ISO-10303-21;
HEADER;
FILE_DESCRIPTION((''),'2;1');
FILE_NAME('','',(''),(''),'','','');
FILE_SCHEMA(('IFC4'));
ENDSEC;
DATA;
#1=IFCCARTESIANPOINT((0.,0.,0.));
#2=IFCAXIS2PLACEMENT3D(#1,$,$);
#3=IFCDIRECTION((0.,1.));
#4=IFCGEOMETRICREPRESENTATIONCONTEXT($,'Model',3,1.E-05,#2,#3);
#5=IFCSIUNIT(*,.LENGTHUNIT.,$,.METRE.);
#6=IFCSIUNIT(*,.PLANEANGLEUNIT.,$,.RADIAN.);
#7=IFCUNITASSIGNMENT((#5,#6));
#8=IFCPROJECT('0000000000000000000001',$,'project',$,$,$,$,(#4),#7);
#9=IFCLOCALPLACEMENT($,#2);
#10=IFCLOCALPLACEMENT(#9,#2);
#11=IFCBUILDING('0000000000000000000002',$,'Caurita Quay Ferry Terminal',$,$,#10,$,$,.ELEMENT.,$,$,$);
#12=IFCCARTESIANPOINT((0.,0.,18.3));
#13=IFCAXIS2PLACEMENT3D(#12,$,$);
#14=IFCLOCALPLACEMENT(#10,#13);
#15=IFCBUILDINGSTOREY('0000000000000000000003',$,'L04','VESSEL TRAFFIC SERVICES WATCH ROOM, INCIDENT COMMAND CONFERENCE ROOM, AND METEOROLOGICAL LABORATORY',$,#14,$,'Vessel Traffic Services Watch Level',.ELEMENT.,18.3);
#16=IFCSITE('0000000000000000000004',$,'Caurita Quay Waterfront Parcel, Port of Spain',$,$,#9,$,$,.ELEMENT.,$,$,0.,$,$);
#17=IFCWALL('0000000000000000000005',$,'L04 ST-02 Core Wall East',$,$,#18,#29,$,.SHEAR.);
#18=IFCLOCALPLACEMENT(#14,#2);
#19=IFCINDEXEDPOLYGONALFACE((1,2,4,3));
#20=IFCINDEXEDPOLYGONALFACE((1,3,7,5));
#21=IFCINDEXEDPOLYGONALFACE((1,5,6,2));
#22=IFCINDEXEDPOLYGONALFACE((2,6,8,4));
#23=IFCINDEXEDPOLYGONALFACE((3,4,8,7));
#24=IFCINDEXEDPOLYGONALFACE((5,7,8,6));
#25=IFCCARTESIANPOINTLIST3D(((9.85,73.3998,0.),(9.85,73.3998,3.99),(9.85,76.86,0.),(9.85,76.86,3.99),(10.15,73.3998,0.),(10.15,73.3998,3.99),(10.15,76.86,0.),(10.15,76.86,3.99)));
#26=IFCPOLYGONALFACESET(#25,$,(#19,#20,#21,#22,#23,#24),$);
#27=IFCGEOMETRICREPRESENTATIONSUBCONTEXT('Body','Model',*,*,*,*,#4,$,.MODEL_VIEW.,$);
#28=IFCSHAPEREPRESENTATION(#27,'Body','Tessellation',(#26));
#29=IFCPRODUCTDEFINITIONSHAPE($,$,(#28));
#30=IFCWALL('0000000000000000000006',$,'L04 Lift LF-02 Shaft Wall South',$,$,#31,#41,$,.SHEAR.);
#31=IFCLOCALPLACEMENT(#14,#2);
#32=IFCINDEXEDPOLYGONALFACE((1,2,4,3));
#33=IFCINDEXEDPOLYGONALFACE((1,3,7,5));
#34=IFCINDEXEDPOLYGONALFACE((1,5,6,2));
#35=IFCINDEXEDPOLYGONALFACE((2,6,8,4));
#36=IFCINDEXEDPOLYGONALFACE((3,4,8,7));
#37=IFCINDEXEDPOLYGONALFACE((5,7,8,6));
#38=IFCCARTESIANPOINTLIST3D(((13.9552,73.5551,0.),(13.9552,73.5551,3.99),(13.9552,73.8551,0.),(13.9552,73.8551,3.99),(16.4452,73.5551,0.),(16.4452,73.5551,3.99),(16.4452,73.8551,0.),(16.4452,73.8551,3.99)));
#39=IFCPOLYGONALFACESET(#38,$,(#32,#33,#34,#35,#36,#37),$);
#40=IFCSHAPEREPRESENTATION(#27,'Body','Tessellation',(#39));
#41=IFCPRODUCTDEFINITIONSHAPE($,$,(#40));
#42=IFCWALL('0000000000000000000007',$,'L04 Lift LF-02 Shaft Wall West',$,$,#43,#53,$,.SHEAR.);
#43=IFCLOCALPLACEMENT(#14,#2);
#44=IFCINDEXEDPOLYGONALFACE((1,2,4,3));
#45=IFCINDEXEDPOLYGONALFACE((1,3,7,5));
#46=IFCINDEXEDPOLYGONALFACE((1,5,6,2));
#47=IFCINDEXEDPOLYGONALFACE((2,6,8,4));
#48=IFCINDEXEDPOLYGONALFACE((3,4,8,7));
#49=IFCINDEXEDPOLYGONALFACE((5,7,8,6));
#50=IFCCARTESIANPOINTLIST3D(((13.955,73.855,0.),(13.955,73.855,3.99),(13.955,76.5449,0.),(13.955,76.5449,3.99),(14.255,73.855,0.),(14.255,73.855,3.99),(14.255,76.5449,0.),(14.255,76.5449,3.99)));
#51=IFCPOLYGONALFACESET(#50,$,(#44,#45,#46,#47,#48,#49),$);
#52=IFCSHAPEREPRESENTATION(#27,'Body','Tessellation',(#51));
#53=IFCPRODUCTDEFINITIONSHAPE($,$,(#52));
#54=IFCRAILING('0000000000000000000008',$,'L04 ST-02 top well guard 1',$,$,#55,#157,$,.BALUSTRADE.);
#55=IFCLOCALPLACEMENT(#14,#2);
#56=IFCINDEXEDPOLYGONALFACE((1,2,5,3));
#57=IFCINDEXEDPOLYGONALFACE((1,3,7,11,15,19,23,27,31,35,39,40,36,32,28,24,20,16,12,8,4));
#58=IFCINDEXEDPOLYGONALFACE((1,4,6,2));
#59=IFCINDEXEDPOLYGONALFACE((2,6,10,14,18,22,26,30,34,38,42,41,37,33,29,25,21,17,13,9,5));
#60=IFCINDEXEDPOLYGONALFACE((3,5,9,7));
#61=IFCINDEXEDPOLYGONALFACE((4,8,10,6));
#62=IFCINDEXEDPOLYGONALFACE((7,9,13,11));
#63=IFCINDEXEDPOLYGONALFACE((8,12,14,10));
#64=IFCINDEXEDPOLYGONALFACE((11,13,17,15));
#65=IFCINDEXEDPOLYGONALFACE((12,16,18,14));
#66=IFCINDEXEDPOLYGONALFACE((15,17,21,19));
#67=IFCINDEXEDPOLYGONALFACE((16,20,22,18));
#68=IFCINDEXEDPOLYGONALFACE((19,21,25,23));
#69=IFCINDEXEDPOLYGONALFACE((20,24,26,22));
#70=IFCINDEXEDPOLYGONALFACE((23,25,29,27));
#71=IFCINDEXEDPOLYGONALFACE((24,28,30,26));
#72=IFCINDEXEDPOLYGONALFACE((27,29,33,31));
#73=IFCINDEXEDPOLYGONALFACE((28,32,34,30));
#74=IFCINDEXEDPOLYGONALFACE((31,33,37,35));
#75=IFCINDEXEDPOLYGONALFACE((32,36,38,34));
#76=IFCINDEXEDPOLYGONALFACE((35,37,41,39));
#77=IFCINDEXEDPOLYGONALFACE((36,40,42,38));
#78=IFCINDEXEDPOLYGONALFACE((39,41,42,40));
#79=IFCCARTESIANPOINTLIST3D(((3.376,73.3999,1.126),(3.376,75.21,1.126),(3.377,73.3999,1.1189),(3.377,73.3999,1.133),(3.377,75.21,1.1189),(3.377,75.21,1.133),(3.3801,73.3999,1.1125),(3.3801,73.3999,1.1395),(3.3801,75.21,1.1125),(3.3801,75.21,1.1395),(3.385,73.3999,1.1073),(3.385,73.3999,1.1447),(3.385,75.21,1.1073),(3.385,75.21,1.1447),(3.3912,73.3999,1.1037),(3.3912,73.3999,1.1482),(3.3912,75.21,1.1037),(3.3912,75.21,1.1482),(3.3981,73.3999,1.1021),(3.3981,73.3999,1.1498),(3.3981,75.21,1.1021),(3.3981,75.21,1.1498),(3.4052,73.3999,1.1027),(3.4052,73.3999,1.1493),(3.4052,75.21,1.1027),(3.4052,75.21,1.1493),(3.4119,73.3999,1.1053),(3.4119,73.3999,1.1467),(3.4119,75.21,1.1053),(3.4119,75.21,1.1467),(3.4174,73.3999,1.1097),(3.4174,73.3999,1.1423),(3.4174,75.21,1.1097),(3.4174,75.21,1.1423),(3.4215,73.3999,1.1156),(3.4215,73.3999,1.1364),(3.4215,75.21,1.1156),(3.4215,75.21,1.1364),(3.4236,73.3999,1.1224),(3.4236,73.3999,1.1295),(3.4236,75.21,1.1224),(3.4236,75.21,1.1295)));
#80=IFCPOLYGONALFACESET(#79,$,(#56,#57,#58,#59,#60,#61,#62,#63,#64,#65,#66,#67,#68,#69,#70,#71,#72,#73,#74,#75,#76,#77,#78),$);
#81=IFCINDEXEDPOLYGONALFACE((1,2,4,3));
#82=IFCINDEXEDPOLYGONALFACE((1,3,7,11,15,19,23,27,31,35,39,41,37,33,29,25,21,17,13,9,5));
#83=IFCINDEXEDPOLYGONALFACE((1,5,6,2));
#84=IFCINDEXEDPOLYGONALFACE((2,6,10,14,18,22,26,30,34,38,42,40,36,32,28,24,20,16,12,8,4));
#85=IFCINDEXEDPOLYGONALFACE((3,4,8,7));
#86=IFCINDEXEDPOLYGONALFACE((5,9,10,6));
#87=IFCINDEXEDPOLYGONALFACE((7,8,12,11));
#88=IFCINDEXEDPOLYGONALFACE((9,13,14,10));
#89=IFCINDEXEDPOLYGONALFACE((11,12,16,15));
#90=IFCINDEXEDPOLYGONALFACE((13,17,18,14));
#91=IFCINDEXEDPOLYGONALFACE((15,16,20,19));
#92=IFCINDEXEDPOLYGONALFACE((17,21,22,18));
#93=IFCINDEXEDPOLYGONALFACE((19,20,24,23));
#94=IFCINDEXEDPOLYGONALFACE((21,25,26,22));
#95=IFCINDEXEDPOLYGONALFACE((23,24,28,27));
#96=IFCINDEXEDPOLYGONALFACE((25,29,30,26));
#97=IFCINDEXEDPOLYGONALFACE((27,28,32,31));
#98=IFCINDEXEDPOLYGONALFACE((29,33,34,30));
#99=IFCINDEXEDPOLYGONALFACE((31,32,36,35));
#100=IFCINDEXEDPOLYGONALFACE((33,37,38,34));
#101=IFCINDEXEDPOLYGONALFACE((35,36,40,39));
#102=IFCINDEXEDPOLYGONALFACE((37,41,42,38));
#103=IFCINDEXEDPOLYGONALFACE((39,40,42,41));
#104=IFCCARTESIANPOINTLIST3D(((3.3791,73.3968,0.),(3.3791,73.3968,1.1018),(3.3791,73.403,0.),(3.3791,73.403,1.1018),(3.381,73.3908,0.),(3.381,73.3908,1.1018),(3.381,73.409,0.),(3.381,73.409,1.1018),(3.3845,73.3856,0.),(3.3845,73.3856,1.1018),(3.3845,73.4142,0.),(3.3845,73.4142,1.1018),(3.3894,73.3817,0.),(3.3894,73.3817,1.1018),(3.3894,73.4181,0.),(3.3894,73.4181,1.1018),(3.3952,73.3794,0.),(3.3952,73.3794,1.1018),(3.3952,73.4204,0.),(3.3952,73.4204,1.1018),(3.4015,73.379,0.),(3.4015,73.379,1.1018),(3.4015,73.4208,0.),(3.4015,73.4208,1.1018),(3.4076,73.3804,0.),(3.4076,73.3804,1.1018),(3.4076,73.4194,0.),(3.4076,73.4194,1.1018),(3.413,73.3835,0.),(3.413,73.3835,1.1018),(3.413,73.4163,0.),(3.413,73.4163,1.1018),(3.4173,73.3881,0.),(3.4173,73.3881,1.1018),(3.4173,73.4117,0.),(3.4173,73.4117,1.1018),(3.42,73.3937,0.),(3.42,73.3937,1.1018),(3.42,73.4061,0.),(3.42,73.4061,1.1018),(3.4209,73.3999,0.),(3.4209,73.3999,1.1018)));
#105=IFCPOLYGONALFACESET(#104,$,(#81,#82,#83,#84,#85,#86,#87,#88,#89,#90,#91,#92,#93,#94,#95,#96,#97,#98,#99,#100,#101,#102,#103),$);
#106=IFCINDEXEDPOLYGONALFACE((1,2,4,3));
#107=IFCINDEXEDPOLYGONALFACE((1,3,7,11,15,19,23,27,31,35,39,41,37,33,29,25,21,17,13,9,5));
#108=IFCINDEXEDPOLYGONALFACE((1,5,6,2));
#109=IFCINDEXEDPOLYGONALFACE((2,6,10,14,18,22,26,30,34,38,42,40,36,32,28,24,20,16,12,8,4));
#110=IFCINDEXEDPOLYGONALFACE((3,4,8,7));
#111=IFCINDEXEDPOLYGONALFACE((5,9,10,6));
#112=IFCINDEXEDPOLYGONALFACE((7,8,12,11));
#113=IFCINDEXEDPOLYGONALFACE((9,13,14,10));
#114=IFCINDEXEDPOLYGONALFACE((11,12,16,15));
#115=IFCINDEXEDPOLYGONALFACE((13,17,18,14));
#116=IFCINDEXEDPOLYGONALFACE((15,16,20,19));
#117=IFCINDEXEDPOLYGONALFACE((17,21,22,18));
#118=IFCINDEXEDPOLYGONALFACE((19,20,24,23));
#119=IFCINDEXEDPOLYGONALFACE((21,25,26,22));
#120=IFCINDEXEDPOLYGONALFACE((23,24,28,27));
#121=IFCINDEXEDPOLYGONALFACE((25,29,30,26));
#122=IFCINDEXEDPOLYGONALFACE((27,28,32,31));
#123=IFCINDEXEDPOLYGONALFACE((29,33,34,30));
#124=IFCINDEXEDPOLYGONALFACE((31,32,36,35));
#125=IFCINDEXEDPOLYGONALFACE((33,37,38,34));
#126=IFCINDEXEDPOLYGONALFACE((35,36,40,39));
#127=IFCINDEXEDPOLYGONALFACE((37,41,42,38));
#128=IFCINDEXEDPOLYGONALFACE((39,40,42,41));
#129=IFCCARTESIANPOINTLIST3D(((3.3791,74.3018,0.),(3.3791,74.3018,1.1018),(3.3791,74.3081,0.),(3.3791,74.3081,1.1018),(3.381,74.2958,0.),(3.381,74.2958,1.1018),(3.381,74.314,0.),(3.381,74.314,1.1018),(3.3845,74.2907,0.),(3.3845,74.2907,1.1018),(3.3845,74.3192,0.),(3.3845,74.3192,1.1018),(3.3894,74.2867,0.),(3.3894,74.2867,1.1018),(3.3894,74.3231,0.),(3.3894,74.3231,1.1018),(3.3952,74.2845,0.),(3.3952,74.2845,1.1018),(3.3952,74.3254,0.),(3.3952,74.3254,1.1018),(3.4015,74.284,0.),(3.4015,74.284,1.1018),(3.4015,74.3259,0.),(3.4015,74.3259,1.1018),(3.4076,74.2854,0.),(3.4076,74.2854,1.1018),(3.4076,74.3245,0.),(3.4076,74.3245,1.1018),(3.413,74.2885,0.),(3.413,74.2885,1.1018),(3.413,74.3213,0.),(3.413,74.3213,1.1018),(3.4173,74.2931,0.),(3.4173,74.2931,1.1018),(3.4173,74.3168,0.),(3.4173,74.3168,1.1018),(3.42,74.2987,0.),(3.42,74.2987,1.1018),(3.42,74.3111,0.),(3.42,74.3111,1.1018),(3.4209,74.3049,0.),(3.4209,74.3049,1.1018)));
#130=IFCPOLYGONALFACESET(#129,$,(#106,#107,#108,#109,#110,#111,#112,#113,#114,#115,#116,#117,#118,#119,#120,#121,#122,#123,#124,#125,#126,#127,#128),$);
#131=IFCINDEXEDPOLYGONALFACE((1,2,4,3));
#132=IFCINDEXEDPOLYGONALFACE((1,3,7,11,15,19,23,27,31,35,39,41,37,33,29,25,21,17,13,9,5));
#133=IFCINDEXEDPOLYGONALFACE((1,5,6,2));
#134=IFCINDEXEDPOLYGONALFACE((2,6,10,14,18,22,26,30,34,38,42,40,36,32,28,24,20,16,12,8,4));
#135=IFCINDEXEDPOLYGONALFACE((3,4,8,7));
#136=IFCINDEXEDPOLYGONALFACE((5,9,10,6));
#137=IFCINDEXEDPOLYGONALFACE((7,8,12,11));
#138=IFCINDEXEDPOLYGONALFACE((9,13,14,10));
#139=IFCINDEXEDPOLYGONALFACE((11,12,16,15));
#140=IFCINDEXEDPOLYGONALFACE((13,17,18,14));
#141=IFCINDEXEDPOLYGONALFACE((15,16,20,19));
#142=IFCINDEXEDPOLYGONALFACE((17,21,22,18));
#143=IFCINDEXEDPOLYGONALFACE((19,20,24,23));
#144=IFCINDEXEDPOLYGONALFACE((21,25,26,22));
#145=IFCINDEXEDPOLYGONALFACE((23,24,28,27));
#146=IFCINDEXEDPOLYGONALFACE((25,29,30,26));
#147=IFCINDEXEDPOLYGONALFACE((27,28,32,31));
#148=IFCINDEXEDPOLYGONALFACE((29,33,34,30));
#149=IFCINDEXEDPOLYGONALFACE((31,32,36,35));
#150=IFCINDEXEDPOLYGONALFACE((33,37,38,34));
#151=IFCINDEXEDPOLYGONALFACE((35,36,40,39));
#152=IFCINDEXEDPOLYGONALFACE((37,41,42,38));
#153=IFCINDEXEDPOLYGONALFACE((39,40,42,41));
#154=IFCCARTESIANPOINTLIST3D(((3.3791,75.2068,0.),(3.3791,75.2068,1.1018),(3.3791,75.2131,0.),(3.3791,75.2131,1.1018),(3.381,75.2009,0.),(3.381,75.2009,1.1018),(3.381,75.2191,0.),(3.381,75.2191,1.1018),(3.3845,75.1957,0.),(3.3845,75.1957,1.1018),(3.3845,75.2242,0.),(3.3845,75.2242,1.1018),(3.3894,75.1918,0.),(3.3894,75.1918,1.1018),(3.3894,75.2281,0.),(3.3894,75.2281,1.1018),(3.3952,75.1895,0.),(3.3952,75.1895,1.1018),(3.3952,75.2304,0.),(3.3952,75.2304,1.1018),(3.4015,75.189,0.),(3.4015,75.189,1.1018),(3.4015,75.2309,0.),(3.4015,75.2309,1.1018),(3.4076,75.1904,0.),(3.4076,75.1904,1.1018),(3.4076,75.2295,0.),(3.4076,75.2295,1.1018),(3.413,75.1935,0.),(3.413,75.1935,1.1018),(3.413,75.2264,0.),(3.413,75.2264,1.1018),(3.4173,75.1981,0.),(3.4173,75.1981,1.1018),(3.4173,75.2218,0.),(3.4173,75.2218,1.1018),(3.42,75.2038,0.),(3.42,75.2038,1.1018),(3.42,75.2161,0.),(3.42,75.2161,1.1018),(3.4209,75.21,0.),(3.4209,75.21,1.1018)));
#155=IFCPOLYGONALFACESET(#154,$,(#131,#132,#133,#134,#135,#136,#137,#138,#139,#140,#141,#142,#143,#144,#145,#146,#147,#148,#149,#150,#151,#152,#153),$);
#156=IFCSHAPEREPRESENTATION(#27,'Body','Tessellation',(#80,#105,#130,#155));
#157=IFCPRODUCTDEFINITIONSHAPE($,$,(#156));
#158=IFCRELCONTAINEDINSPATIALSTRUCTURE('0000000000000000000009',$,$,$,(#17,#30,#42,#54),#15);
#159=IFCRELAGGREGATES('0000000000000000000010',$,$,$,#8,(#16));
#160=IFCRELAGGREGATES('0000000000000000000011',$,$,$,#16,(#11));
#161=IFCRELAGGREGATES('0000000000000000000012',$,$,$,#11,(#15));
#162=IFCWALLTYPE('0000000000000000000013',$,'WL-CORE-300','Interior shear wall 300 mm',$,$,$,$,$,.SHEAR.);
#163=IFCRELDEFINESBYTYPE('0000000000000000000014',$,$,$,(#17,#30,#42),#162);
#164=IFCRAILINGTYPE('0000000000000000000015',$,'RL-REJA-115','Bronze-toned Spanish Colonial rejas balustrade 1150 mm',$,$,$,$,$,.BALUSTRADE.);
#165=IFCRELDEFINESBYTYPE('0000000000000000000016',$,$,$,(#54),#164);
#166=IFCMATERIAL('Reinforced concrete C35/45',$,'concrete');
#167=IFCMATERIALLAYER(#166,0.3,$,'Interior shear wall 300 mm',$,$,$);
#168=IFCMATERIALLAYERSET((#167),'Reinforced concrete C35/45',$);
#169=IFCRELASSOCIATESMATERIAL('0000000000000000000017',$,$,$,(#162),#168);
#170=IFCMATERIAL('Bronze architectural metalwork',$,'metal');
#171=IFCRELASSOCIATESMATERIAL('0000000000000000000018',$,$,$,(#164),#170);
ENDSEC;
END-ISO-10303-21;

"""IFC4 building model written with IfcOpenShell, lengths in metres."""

from ifc_helpers import new_model, si_unit, direction, frame, frame_2d, origin, origin_2d, place, context, subcontext, project, spatial, rectangle, circle, extrude, material, layer, layer_set, type_object, element, save


model = new_model("IFC4")

# Units and contexts
model_context = context("Model", 3, precision=1e-05, world=origin(), true_north=direction((0.0, 1.0)))
body_context = subcontext(model_context, "Body", "Model", "MODEL_VIEW")
ifc_project = project(units=[si_unit("LENGTHUNIT", "METRE"), si_unit("PLANEANGLEUNIT", "RADIAN")], contexts=[model_context])

# Site, building, storey
site_placement = place(None, origin())
site = spatial("IfcSite", under=ifc_project, at=site_placement, Name="Caurita Quay Waterfront Parcel, Port of Spain", CompositionType="ELEMENT", RefElevation=0.0)
building_placement = place(site_placement, origin())
building = spatial("IfcBuilding", under=site, at=building_placement, Name="Caurita Quay Ferry Terminal", CompositionType="ELEMENT")
storey_placement = place(building_placement, frame((0.0, 0.0, 18.3)))
storey = spatial("IfcBuildingStorey", under=building, at=storey_placement, Name="L04", Description="VESSEL TRAFFIC SERVICES WATCH ROOM, INCIDENT COMMAND CONFERENCE ROOM, AND METEOROLOGICAL LABORATORY", LongName="Vessel Traffic Services Watch Level", CompositionType="ELEMENT", Elevation=18.3)

# Shared definitions
ifc_material_1 = material(Name="Reinforced concrete C35/45", Category="concrete")

# Shared definitions
ifc_layer = layer(ifc_material_1, 0.3, Name="Interior shear wall 300 mm")
ifc_layer_set = layer_set([ifc_layer], Name="Reinforced concrete C35/45")
wall_type = type_object("IfcWallType", Name="WL-CORE-300", Description="Interior shear wall 300 mm", PredefinedType="SHEAR", material=ifc_layer_set)

# Walls
for number, where, z_axis, x_axis, name in (
    (1, (10.0, 73.3999, 0.0), (0.0, 0.0, 1.0), (0.0, 1.0, 0.0), "L04 ST-02 Core Wall East"),
):
    element("IfcWall", number, at=place(storey_placement, frame(where, z_axis=z_axis, x_axis=x_axis)), inside=storey, type_object=wall_type, Name=name, PredefinedType="SHEAR", context=body_context, shape_type="SweptSolid", body=[
        extrude(rectangle(XDim=3.4602, YDim=0.3, at=frame_2d((1.73, 0.0))), origin(), (0.0, 0.0, 1.0), 3.99),
    ])
wall_1_placement = place(storey_placement, frame((13.9551, 73.7051, 0.0), z_axis=(0.0, 0.0, 1.0), x_axis=(1.0, 0.0, 0.0)))
element("IfcWall", 2, at=wall_1_placement, inside=storey, type_object=wall_type, Name="L04 Lift LF-02 Shaft Wall South", PredefinedType="SHEAR", context=body_context, shape_type="SweptSolid", body=[
    extrude(rectangle(XDim=2.49, YDim=0.3, at=frame_2d((1.2451, 0.0))), origin(), (0.0, 0.0, 1.0), 3.99),
])
wall_2_placement = place(storey_placement, frame((14.105, 76.5449, 0.0), z_axis=(0.0, 0.0, 1.0), x_axis=(0.0, -1.0, 0.0)))
element("IfcWall", 3, at=wall_2_placement, inside=storey, type_object=wall_type, Name="L04 Lift LF-02 Shaft Wall West", PredefinedType="SHEAR", context=body_context, shape_type="SweptSolid", body=[
    extrude(rectangle(XDim=2.6899, YDim=0.3, at=frame_2d((1.345, 0.0))), origin(), (0.0, 0.0, 1.0), 3.99),
])

# Railing
ifc_material_2 = material(Name="Bronze architectural metalwork", Category="metal")
railing_type = type_object("IfcRailingType", Name="RL-REJA-115", Description="Bronze-toned Spanish Colonial rejas balustrade 1150 mm", PredefinedType="BALUSTRADE", material=ifc_material_2)
railing_placement = place(storey_placement, frame((3.3999, 73.3999, 0.0)))
element("IfcRailing", 4, at=railing_placement, inside=storey, type_object=railing_type, Name="L04 ST-02 top well guard 1", PredefinedType="BALUSTRADE", context=body_context, shape_type="SweptSolid", body=[
    extrude(circle(Radius=0.0239, at=origin_2d()), frame((0.0, 0.0, 1.126), z_axis=(0.0, 1.0, 0.0), x_axis=(-1.0, 0.0, 0.0)), (0.0, 0.0, 1.0), 1.8101),
    extrude(circle(Radius=0.021, at=origin_2d()), origin(), (0.0, 0.0, 1.0), 1.1018),
    extrude(circle(Radius=0.021, at=origin_2d()), frame((0.0, 0.905, 0.0)), (0.0, 0.0, 1.0), 1.1018),
    extrude(circle(Radius=0.021, at=origin_2d()), frame((0.0, 1.8101, 0.0)), (0.0, 0.0, 1.0), 1.1018),
])

save(model, "model.ifc")
